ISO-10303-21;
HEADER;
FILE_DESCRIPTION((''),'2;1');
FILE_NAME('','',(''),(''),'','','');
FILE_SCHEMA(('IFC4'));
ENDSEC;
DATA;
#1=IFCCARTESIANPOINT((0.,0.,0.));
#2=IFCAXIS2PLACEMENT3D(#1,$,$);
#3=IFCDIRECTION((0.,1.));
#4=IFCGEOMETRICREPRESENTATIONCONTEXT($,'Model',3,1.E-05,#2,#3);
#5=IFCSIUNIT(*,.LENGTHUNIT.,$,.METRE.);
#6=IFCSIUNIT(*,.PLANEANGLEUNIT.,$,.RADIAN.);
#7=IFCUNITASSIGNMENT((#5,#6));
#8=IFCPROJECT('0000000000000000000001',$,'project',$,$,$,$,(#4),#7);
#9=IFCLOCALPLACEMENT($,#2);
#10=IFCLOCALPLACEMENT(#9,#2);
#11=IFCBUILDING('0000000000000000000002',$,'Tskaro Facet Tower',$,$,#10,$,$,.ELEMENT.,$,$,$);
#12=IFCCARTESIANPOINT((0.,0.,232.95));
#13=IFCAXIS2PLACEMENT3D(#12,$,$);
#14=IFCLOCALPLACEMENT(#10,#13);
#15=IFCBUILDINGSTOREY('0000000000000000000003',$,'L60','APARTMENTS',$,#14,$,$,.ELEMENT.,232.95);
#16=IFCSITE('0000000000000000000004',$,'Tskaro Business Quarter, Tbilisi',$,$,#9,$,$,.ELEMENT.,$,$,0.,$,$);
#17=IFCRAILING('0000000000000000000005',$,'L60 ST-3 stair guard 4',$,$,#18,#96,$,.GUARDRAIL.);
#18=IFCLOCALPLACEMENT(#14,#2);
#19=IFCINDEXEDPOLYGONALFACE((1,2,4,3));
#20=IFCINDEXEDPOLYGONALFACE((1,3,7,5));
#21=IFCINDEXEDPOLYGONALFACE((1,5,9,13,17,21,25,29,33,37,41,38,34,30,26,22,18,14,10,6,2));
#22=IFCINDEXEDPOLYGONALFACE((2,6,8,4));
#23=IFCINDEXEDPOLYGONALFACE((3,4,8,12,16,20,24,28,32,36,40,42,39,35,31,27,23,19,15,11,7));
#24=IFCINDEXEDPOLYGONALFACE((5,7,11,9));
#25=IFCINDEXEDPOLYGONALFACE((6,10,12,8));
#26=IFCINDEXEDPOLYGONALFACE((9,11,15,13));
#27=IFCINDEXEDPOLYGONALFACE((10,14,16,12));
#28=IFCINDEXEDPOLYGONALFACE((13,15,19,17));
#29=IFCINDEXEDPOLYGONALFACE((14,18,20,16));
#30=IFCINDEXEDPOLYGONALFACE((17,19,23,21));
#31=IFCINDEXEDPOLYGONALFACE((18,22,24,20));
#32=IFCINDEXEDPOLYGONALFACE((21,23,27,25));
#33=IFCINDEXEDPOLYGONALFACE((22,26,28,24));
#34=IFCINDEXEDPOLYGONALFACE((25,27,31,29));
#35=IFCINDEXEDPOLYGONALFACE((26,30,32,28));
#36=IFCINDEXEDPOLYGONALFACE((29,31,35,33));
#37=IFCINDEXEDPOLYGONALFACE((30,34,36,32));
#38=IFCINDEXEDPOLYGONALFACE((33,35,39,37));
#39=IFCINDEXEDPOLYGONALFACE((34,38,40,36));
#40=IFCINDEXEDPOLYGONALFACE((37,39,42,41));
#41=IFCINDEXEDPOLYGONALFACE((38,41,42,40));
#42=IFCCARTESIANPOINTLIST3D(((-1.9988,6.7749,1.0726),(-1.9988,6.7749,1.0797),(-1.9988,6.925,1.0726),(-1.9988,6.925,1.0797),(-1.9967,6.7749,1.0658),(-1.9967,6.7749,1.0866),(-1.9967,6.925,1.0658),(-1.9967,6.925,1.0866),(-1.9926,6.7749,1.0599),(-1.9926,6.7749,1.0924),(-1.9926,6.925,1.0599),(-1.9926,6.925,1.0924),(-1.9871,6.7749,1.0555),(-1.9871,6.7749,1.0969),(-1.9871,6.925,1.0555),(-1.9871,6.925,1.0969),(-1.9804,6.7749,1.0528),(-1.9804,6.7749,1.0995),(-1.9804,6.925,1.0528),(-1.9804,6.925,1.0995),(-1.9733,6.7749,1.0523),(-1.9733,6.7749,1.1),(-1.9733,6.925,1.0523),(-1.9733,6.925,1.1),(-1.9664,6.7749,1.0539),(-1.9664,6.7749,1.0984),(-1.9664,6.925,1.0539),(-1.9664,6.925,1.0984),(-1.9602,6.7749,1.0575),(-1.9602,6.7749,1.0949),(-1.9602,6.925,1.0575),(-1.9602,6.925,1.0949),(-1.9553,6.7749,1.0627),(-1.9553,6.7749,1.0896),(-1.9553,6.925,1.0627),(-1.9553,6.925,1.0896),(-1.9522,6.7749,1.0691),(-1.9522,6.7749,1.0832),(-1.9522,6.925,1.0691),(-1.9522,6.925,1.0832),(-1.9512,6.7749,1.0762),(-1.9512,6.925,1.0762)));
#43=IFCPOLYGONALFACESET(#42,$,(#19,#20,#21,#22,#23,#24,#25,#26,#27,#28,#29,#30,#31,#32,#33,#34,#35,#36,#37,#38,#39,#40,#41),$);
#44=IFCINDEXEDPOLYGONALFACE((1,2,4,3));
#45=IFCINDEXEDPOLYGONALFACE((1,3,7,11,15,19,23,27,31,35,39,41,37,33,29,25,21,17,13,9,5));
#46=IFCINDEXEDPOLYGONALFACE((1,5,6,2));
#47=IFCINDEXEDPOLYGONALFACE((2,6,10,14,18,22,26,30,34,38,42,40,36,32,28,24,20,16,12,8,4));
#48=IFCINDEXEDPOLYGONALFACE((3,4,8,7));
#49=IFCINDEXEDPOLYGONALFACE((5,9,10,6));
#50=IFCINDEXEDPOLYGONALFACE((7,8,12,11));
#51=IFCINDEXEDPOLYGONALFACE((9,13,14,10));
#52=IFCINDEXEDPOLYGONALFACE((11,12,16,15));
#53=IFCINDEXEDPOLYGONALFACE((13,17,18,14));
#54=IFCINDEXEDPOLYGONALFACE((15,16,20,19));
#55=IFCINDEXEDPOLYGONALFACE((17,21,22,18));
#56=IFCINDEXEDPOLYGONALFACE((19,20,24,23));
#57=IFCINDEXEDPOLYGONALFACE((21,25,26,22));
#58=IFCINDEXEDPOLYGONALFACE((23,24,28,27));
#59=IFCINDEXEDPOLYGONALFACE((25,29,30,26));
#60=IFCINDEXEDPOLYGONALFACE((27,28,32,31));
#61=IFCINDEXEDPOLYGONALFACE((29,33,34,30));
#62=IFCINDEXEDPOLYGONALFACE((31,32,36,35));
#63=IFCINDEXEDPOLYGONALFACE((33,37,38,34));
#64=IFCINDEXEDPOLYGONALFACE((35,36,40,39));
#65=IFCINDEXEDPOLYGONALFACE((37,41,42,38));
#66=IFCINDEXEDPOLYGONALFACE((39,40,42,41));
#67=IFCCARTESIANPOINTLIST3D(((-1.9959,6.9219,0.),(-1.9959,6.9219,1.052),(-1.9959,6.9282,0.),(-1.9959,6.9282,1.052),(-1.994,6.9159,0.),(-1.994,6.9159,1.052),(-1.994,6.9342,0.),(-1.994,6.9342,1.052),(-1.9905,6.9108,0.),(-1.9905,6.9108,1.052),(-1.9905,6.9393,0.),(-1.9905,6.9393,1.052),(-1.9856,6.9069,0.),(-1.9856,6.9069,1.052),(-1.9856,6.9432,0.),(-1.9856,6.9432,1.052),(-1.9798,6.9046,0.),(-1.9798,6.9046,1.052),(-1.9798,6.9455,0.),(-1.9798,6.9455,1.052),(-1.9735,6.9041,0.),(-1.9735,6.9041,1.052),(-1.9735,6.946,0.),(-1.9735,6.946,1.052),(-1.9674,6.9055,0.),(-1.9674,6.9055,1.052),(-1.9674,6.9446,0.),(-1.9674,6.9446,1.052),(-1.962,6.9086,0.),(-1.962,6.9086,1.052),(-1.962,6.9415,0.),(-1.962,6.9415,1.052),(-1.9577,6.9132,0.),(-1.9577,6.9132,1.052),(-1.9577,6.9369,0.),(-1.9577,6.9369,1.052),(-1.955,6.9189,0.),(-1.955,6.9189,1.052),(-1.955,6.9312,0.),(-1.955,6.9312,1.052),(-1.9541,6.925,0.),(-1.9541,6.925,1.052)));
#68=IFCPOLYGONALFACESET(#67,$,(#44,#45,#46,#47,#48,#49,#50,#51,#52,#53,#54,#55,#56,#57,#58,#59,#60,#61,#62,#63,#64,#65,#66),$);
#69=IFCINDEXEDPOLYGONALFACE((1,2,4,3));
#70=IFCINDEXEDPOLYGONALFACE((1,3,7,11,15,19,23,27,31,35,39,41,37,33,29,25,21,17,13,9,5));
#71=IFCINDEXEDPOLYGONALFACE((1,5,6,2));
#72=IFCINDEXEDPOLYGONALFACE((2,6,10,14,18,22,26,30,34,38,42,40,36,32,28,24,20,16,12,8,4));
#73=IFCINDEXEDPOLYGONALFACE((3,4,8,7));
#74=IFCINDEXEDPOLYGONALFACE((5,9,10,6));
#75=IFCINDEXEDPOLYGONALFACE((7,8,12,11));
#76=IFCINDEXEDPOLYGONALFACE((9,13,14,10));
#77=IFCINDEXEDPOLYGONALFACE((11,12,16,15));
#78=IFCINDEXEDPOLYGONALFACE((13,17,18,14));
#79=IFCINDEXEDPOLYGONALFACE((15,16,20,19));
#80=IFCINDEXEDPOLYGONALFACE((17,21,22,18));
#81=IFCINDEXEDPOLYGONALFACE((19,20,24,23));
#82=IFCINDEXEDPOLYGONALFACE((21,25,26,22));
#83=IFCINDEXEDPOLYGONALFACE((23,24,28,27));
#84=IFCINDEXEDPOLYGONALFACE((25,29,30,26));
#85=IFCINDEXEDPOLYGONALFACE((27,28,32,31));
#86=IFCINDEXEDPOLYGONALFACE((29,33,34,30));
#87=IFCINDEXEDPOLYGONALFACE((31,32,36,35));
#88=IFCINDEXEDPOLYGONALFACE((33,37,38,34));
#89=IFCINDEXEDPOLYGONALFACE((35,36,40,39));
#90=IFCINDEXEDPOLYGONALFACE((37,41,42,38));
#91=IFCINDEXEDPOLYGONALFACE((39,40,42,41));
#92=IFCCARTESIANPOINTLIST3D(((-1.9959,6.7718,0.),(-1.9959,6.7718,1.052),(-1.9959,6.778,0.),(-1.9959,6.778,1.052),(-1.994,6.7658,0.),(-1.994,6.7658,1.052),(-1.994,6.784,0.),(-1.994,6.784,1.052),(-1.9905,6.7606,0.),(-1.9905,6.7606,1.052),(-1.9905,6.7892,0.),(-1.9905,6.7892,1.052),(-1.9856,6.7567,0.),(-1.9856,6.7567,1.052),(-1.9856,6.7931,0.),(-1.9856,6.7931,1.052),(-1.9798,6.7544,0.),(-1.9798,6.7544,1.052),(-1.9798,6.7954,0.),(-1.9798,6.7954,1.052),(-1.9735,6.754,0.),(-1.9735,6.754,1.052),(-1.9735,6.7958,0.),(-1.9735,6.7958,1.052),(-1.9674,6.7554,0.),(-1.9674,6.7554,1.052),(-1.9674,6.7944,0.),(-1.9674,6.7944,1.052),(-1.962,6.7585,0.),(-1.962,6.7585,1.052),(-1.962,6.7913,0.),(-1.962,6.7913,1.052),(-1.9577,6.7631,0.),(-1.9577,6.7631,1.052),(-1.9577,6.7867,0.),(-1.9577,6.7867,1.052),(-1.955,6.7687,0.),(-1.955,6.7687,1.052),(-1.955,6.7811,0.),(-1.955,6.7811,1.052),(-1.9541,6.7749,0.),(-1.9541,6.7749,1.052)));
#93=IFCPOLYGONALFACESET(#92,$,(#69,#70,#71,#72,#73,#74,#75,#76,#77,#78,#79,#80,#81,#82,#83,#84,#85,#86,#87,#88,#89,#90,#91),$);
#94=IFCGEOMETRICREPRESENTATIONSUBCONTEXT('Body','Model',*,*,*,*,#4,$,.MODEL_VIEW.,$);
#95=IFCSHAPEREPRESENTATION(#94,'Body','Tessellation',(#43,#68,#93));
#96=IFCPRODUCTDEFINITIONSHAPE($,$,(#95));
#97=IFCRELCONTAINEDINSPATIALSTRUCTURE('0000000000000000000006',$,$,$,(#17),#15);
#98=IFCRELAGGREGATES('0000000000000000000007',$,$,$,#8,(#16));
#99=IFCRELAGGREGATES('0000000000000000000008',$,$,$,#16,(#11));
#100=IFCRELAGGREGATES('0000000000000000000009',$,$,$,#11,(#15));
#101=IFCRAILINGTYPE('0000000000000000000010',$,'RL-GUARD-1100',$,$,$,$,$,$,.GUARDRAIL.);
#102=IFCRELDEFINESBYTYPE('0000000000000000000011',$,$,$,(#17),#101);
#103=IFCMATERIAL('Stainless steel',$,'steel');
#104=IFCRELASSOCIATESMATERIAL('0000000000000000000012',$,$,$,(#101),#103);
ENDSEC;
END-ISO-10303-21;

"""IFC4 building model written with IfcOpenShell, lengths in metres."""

from ifc_helpers import new_model, si_unit, direction, frame, origin, origin_2d, place, context, subcontext, project, spatial, circle, extrude, material, type_object, element, save


model = new_model("IFC4")

# Units and contexts
model_context = context("Model", 3, precision=1e-05, world=origin(), true_north=direction((0.0, 1.0)))
body_context = subcontext(model_context, "Body", "Model", "MODEL_VIEW")
ifc_project = project(units=[si_unit("LENGTHUNIT", "METRE"), si_unit("PLANEANGLEUNIT", "RADIAN")], contexts=[model_context])

# Site, building, storey
site_placement = place(None, origin())
site = spatial("IfcSite", under=ifc_project, at=site_placement, Name="Tskaro Business Quarter, Tbilisi", CompositionType="ELEMENT", RefElevation=0.0)
building_placement = place(site_placement, origin())
building = spatial("IfcBuilding", under=site, at=building_placement, Name="Tskaro Facet Tower", CompositionType="ELEMENT")
storey_placement = place(building_placement, frame((0.0, 0.0, 232.95)))
storey = spatial("IfcBuildingStorey", under=building, at=storey_placement, Name="L60", Description="APARTMENTS", CompositionType="ELEMENT", Elevation=232.95)

# Railing
ifc_material_1 = material(Name="Stainless steel", Category="steel")
railing_type_1 = type_object("IfcRailingType", Name="RL-GUARD-1100", PredefinedType="GUARDRAIL", material=ifc_material_1)
railing_1_placement = place(storey_placement, frame((-1.9751, 6.925, 0.0)))
element("IfcRailing", 1, at=railing_1_placement, inside=storey, type_object=railing_type_1, Name="L60 ST-3 stair guard 4", PredefinedType="GUARDRAIL", context=body_context, shape_type="SweptSolid", body=[
    extrude(circle(Radius=0.0239, at=origin_2d()), frame((0.0, 0.0, 1.0762), z_axis=(0.0, -1.0, 0.0), x_axis=(1.0, 0.0, 0.0)), (0.0, 0.0, 1.0), 0.1501),
    extrude(circle(Radius=0.021, at=origin_2d()), origin(), (0.0, 0.0, 1.0), 1.052),
    extrude(circle(Radius=0.021, at=origin_2d()), frame((0.0, -0.1501, 0.0)), (0.0, 0.0, 1.0), 1.052),
])

save(model, "model.ifc")
